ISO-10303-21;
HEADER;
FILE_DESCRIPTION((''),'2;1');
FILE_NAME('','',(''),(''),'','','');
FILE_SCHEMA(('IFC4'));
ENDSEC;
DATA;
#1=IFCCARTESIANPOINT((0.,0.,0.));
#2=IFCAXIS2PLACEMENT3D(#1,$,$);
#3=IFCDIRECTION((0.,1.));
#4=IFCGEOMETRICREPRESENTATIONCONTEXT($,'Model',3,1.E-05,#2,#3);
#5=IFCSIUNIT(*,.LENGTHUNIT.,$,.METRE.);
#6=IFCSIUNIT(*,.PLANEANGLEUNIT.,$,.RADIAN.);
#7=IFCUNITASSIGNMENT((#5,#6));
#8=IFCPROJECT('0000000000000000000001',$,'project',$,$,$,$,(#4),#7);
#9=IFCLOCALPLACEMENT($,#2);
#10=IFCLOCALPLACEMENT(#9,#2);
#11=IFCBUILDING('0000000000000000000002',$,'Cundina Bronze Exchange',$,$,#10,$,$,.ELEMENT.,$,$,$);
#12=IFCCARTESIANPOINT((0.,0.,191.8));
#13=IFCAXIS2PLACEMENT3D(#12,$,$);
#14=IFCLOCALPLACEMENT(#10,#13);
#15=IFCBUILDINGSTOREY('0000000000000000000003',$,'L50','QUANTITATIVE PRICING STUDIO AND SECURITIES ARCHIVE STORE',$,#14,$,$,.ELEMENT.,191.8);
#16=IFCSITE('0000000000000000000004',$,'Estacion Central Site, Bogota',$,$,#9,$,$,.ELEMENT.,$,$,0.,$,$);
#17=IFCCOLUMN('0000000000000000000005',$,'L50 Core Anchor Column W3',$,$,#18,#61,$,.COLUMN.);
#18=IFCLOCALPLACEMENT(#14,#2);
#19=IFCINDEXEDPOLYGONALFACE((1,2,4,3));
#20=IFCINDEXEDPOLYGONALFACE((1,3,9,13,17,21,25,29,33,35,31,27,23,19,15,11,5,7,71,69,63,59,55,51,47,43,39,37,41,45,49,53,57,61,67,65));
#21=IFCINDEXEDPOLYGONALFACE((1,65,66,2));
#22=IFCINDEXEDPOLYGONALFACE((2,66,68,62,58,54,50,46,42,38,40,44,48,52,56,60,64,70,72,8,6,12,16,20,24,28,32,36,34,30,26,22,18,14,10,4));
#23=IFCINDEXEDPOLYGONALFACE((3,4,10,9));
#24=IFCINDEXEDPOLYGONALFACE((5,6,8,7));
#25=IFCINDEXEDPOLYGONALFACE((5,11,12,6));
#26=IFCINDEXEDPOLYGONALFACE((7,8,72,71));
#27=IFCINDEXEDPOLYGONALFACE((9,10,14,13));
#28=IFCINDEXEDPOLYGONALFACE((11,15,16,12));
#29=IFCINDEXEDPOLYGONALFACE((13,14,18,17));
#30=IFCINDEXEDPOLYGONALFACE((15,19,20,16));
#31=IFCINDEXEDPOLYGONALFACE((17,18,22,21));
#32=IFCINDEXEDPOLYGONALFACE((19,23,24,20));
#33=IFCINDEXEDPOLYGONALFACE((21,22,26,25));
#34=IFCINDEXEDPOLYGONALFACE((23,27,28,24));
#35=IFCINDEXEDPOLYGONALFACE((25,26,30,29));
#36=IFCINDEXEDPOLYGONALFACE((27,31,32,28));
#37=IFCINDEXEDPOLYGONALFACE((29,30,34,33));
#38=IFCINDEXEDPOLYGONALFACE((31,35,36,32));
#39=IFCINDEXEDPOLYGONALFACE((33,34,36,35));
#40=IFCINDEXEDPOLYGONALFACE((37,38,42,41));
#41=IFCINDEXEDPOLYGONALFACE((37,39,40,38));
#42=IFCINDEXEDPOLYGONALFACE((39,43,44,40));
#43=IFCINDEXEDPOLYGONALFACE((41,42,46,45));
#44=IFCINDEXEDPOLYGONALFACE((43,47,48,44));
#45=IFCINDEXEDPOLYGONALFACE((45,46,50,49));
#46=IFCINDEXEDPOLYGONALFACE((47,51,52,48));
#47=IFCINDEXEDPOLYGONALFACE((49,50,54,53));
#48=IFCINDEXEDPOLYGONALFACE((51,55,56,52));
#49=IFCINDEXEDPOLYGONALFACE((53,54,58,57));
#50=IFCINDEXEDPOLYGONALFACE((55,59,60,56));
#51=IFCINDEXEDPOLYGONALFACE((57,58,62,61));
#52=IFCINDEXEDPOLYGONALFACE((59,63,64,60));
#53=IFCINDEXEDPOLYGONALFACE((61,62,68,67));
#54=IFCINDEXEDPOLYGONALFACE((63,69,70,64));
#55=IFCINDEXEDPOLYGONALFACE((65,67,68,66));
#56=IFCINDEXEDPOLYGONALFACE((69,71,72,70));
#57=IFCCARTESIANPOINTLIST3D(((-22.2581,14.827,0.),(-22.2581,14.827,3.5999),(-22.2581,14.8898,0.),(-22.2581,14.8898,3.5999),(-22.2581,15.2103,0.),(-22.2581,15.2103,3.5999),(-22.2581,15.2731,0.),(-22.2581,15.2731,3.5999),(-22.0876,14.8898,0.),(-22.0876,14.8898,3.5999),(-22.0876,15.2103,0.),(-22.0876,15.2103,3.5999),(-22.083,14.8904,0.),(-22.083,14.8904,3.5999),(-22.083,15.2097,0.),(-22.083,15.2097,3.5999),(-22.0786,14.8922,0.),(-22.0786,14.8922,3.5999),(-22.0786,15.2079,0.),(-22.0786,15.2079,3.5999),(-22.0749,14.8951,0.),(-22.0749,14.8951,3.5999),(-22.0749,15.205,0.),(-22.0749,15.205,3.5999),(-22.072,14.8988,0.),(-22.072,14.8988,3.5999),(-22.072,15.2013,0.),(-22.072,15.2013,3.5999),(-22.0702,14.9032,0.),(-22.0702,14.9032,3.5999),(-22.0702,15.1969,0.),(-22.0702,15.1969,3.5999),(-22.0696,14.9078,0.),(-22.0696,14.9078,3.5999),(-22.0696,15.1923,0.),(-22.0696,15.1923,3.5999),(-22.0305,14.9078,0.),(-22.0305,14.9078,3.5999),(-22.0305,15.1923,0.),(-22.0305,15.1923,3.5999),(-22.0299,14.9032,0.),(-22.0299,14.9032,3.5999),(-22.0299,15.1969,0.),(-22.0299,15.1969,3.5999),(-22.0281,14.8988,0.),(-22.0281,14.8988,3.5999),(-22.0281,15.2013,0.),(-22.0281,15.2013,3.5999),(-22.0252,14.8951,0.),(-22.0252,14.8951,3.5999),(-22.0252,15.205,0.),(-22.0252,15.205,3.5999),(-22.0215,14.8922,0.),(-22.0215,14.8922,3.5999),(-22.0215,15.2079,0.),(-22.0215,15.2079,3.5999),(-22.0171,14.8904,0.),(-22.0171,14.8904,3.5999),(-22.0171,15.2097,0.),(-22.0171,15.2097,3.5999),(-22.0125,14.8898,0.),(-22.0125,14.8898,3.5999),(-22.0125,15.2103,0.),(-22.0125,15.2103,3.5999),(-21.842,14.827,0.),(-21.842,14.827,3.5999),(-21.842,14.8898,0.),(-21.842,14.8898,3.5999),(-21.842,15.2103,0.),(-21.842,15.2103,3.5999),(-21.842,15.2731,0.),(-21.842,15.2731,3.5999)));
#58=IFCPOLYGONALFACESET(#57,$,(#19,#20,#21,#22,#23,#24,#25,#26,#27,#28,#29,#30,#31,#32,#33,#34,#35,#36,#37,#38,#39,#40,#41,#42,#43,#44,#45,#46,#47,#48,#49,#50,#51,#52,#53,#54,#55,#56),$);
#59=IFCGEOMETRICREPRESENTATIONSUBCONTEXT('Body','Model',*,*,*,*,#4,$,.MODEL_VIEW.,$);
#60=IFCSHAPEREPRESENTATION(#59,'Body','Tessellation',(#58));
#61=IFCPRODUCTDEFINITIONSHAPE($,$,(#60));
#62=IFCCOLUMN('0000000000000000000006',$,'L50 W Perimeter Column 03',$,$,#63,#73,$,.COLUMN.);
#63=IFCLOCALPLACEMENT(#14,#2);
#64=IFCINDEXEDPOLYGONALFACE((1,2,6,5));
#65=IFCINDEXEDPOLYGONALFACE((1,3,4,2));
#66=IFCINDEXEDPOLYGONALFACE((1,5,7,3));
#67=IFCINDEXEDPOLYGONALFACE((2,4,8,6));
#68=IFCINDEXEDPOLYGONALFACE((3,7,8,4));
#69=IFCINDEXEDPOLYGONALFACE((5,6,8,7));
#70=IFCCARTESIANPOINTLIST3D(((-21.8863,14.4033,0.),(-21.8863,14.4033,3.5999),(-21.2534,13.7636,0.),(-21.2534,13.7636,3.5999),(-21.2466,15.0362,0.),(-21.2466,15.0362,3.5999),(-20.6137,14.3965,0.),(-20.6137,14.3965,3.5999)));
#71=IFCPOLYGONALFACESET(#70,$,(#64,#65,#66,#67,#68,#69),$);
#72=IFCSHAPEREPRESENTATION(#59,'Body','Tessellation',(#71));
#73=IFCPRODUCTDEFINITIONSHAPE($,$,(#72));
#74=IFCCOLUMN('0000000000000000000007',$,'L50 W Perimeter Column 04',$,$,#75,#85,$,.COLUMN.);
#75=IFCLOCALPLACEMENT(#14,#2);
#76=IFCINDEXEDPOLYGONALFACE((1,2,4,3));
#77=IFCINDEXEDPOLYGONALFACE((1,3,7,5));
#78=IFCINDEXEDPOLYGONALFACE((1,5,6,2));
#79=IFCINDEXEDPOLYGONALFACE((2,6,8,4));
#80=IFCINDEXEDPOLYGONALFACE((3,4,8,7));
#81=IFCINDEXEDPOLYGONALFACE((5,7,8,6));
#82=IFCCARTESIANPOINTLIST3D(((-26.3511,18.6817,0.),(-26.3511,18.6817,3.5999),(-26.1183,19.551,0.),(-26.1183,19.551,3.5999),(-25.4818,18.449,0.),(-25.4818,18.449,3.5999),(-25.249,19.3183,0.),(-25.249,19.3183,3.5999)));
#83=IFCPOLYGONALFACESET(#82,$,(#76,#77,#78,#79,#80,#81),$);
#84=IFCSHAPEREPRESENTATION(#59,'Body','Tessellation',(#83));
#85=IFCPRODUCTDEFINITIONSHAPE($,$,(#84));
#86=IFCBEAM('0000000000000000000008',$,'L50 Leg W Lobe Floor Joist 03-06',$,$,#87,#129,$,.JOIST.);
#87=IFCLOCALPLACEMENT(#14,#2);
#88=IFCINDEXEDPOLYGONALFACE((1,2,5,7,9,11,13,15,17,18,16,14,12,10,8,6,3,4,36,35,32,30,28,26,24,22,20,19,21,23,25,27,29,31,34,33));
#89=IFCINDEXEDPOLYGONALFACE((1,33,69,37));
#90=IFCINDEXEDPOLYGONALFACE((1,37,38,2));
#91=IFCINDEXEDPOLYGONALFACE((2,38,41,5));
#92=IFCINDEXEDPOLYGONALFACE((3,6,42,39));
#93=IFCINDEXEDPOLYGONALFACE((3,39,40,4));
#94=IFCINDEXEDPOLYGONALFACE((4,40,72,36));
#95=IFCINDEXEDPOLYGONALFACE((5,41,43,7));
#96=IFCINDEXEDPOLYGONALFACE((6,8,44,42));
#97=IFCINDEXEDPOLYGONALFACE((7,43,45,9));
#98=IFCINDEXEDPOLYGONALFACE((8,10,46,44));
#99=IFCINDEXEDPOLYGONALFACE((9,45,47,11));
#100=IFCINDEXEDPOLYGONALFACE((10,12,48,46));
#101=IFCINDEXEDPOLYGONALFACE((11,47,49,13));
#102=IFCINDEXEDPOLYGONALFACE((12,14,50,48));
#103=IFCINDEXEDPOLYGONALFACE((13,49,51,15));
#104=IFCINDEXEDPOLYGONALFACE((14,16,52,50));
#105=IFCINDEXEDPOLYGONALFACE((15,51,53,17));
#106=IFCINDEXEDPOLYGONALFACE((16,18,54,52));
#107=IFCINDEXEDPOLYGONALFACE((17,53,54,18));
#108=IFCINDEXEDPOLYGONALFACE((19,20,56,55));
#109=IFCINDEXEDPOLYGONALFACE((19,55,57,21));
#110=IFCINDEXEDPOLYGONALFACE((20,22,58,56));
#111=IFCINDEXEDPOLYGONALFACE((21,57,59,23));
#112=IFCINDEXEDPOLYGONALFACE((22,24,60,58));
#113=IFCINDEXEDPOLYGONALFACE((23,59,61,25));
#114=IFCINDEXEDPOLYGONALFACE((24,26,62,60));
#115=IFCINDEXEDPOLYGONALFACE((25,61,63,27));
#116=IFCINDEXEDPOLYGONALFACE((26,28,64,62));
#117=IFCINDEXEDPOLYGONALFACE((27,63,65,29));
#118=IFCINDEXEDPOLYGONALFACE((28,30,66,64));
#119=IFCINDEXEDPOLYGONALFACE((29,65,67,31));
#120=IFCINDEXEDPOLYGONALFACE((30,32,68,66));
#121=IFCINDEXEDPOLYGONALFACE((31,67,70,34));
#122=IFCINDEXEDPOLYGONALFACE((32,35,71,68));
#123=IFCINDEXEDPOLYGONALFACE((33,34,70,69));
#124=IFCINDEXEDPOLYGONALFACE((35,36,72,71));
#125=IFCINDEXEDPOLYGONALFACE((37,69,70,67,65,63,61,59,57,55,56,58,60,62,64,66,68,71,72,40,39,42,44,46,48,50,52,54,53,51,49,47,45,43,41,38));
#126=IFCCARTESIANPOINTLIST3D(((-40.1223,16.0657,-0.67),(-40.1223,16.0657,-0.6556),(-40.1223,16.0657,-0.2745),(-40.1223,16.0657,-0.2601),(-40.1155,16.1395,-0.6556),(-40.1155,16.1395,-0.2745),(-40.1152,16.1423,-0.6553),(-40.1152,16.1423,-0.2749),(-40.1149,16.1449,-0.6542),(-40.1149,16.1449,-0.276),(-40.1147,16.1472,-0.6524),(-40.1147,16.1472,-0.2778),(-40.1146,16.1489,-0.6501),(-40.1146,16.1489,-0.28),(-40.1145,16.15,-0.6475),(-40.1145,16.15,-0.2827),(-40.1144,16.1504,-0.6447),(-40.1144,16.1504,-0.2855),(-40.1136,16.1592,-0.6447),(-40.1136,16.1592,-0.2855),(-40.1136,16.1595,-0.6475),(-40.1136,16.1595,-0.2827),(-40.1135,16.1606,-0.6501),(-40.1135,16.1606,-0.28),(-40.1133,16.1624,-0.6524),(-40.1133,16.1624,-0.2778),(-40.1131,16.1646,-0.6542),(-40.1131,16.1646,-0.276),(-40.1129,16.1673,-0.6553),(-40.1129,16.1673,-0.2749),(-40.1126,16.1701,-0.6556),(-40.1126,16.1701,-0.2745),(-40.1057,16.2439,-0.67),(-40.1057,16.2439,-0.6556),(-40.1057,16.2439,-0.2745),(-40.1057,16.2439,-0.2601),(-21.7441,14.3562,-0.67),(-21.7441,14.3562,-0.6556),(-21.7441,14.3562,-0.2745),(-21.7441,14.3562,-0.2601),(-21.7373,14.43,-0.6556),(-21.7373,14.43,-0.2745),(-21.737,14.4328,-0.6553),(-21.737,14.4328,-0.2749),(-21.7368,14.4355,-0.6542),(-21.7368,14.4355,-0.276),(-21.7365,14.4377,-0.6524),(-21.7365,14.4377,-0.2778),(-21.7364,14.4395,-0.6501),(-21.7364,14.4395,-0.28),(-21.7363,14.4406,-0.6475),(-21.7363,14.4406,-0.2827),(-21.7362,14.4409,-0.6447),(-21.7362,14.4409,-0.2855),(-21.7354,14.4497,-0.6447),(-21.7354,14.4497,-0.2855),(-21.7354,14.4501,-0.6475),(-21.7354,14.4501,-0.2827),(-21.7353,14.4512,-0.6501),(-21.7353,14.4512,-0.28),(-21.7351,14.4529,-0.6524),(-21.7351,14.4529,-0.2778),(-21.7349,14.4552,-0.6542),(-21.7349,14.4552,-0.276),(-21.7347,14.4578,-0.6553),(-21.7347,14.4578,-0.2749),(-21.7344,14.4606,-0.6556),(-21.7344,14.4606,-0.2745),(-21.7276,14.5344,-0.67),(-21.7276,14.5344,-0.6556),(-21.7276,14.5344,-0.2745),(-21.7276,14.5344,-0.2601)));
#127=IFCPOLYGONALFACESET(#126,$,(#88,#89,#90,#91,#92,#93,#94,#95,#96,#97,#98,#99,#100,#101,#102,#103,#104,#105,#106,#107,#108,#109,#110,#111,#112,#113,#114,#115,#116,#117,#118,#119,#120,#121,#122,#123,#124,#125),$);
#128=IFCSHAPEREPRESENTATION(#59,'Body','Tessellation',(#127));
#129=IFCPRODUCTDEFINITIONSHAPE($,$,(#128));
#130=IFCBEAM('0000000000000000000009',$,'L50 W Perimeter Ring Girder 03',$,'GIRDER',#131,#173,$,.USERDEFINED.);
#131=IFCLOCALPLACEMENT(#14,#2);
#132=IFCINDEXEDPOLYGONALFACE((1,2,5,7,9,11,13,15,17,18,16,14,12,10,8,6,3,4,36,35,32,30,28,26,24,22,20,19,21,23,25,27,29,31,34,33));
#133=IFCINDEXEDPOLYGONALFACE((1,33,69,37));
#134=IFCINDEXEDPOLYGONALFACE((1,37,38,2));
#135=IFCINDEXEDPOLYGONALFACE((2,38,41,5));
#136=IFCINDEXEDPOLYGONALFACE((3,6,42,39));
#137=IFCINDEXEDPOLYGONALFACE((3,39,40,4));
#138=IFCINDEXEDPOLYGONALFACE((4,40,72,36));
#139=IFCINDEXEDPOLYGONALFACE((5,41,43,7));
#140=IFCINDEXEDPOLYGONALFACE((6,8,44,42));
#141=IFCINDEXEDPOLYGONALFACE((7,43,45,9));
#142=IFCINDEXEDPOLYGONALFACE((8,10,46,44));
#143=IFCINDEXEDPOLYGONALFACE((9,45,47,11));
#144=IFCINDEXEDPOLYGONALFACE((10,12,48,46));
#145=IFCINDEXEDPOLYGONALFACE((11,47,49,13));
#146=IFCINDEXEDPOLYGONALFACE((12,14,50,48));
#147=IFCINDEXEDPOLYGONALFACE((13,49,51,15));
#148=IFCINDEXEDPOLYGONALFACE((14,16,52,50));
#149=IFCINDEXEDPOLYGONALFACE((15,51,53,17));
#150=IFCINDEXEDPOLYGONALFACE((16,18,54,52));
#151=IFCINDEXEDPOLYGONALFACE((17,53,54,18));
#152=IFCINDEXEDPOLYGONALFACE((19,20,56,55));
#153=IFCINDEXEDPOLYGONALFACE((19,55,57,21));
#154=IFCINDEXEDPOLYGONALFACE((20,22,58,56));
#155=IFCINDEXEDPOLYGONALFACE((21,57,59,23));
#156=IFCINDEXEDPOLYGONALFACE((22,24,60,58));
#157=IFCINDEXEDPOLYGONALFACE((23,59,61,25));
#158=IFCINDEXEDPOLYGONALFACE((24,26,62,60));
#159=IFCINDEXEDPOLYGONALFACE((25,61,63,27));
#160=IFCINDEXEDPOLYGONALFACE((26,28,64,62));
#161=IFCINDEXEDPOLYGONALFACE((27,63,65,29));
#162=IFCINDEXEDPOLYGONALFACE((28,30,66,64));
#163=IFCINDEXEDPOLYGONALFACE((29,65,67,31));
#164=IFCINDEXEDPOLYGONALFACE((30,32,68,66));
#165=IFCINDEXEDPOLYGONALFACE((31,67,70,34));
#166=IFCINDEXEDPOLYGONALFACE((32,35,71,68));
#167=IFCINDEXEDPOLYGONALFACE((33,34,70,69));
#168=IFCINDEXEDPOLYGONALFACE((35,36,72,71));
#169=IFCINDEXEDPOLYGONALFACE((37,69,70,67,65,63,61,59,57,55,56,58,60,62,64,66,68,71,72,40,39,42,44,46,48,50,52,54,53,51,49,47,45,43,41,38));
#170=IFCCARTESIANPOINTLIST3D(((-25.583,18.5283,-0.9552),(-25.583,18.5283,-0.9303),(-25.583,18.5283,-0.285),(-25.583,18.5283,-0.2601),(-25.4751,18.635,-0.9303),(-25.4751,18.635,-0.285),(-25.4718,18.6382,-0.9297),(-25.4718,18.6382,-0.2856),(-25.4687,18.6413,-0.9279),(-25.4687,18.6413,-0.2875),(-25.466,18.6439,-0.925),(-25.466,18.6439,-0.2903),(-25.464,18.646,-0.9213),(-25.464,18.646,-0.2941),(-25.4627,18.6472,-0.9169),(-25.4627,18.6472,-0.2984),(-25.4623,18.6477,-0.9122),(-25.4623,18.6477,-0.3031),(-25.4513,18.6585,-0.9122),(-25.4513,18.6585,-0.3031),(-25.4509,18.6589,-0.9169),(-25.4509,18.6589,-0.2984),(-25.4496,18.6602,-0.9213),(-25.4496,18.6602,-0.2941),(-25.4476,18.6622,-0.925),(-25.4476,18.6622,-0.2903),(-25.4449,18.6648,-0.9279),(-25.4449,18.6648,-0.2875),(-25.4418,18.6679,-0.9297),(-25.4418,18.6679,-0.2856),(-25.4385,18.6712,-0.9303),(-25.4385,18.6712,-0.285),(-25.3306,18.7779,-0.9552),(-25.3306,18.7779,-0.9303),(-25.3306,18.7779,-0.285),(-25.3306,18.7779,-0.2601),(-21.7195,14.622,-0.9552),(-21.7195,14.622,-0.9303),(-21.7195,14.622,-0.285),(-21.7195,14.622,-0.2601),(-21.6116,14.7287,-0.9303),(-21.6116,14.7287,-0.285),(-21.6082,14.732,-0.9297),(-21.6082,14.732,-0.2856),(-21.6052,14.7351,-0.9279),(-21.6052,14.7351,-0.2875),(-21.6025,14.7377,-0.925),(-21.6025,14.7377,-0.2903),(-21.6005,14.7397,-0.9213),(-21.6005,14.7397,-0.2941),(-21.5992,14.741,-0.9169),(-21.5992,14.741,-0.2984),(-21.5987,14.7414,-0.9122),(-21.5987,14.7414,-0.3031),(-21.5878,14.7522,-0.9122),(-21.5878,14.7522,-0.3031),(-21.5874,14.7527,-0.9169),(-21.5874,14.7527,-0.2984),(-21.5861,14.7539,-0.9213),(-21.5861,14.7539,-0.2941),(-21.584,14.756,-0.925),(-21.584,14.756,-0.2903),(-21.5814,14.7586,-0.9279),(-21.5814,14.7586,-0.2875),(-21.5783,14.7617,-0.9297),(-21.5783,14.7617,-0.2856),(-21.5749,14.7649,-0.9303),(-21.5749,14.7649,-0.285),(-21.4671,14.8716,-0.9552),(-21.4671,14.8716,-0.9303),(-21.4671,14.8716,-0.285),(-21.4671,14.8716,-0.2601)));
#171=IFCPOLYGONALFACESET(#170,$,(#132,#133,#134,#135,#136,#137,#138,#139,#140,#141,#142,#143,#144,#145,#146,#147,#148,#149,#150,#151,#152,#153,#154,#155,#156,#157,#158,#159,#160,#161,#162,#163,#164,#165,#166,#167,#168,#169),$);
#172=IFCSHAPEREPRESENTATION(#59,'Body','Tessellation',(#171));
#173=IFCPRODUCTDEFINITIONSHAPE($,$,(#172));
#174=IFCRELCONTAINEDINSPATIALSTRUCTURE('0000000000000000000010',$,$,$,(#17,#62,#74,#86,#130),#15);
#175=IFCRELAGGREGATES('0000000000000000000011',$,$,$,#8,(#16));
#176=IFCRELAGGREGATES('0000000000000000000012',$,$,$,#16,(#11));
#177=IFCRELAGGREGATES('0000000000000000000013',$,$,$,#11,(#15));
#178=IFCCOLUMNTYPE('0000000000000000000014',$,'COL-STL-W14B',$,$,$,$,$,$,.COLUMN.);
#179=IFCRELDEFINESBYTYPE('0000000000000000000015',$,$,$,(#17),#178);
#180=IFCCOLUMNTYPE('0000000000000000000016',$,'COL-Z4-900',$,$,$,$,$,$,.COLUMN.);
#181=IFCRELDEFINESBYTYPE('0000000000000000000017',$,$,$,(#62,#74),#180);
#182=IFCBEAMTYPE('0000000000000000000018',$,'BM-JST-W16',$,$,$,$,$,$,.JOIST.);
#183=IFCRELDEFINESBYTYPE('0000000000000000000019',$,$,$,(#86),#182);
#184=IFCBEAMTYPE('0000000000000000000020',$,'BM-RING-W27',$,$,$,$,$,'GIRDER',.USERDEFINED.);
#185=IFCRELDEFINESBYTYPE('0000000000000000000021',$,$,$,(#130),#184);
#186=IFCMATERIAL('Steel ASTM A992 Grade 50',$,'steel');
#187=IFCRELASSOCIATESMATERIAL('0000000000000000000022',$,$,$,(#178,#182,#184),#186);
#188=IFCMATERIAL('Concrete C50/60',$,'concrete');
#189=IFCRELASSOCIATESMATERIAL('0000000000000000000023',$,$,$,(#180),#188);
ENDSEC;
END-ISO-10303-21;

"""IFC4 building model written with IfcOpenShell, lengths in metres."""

from ifc_helpers import new_model, si_unit, direction, frame, origin, origin_2d, place, context, subcontext, project, spatial, rectangle, i_section, extrude, material, material_profile, profile_set, type_object, element, save


model = new_model("IFC4")

# Units and contexts
model_context = context("Model", 3, precision=1e-05, world=origin(), true_north=direction((0.0, 1.0)))
body_context = subcontext(model_context, "Body", "Model", "MODEL_VIEW")
ifc_project = project(units=[si_unit("LENGTHUNIT", "METRE"), si_unit("PLANEANGLEUNIT", "RADIAN")], contexts=[model_context])

# Site, building, storey
site_placement = place(None, origin())
site = spatial("IfcSite", under=ifc_project, at=site_placement, Name="Estacion Central Site, Bogota", CompositionType="ELEMENT", RefElevation=0.0)
building_placement = place(site_placement, origin())
building = spatial("IfcBuilding", under=site, at=building_placement, Name="Cundina Bronze Exchange", CompositionType="ELEMENT")
storey_placement = place(building_placement, frame((0.0, 0.0, 191.8)))
storey = spatial("IfcBuildingStorey", under=building, at=storey_placement, Name="L50", Description="QUANTITATIVE PRICING STUDIO AND SECURITIES ARCHIVE STORE", CompositionType="ELEMENT", Elevation=191.8)

# Columns
ifc_material_1 = material(Name="Steel ASTM A992 Grade 50", Category="steel")
ifc_material_profile_1 = material_profile(ifc_material_1, i_section(OverallWidth=0.416, OverallDepth=0.446, WebThickness=0.0391, FlangeThickness=0.0627, FilletRadius=0.0181, at=origin_2d()), Name="W14X342", Category="steel")
ifc_profile_set_1 = profile_set([ifc_material_profile_1], Name="Steel ASTM A992 Grade 50")
column_type_1 = type_object("IfcColumnType", Name="COL-STL-W14B", PredefinedType="COLUMN", material=ifc_profile_set_1)
column_placement = place(storey_placement, frame((-22.05, 15.05, 0.0), z_axis=(0.0, 0.0, 1.0), x_axis=(1.0, 0.0, 0.0)))
element("IfcColumn", 1, at=column_placement, inside=storey, type_object=column_type_1, Name="L50 Core Anchor Column W3", PredefinedType="COLUMN", context=body_context, shape_type="SweptSolid", body=[
    extrude(i_section(OverallWidth=0.416, OverallDepth=0.446, WebThickness=0.0391, FlangeThickness=0.0627, FilletRadius=0.0181, at=origin_2d()), origin(), (0.0, 0.0, 1.0), 3.5999),
])
ifc_material_2 = material(Name="Concrete C50/60", Category="concrete")
ifc_material_profile_2 = material_profile(ifc_material_2, rectangle(XDim=0.8999, YDim=0.8999, at=origin_2d()), Name="RC900X900", Category="concrete")
ifc_profile_set_2 = profile_set([ifc_material_profile_2], Name="Concrete C50/60")
column_type_2 = type_object("IfcColumnType", Name="COL-Z4-900", PredefinedType="COLUMN", material=ifc_profile_set_2)
for number, where, z_axis, x_axis, name in (
    (2, (-21.25, 14.3999, 0.0), (0.0, 0.0, 1.0), (-0.703271, 0.710922, 0.0), "L50 W Perimeter Column 03"),
    (3, (-25.8, 19.0, 0.0), (0.0, 0.0, 1.0), (-0.965971, 0.25865, 0.0), "L50 W Perimeter Column 04"),
):
    element("IfcColumn", number, at=place(storey_placement, frame(where, z_axis=z_axis, x_axis=x_axis)), inside=storey, type_object=column_type_2, Name=name, PredefinedType="COLUMN", context=body_context, shape_type="SweptSolid", body=[
        extrude(rectangle(XDim=0.8999, YDim=0.8999, at=origin_2d()), origin(), (0.0, 0.0, 1.0), 3.5999),
    ])

# Beams
ifc_material_profile_3 = material_profile(ifc_material_1, i_section(OverallWidth=0.179, OverallDepth=0.4099, WebThickness=0.0088, FlangeThickness=0.0144, FilletRadius=0.011, at=origin_2d()), Name="W16X45", Category="steel")
ifc_profile_set_3 = profile_set([ifc_material_profile_3], Name="Steel ASTM A992 Grade 50")
beam_type_1 = type_object("IfcBeamType", Name="BM-JST-W16", PredefinedType="JOIST", material=ifc_profile_set_3)
beam_1_placement = place(storey_placement, frame((-21.7358, 14.4453, -0.4651), z_axis=(-0.995702, 0.092617, 0.0), x_axis=(-0.092617, -0.995702, 0.0)))
element("IfcBeam", 4, at=beam_1_placement, inside=storey, type_object=beam_type_1, Name="L50 Leg W Lobe Floor Joist 03-06", PredefinedType="JOIST", context=body_context, shape_type="SweptSolid", body=[
    extrude(i_section(OverallWidth=0.179, OverallDepth=0.4099, WebThickness=0.0088, FlangeThickness=0.0144, FilletRadius=0.011, at=origin_2d()), origin(), (0.0, 0.0, 1.0), 18.4575),
])
ifc_material_profile_4 = material_profile(ifc_material_1, i_section(OverallWidth=0.355, OverallDepth=0.6951, WebThickness=0.0154, FlangeThickness=0.0249, FilletRadius=0.0181, at=origin_2d()), Name="W27X146", Category="steel")
ifc_profile_set_4 = profile_set([ifc_material_profile_4], Name="Steel ASTM A992 Grade 50")
beam_type_2 = type_object("IfcBeamType", Name="BM-RING-W27", ElementType="GIRDER", PredefinedType="USERDEFINED", material=ifc_profile_set_4)
beam_2_placement = place(storey_placement, frame((-21.5933, 14.7468, -0.6077), z_axis=(-0.703208, 0.710984, 0.0), x_axis=(-0.710984, -0.703208, 0.0)))
element("IfcBeam", 5, at=beam_2_placement, inside=storey, type_object=beam_type_2, Name="L50 W Perimeter Ring Girder 03", ObjectType="GIRDER", PredefinedType="USERDEFINED", context=body_context, shape_type="SweptSolid", body=[
    extrude(i_section(OverallWidth=0.355, OverallDepth=0.6951, WebThickness=0.0154, FlangeThickness=0.0249, FilletRadius=0.0181, at=origin_2d()), origin(), (0.0, 0.0, 1.0), 5.4941),
])

save(model, "model.ifc")
